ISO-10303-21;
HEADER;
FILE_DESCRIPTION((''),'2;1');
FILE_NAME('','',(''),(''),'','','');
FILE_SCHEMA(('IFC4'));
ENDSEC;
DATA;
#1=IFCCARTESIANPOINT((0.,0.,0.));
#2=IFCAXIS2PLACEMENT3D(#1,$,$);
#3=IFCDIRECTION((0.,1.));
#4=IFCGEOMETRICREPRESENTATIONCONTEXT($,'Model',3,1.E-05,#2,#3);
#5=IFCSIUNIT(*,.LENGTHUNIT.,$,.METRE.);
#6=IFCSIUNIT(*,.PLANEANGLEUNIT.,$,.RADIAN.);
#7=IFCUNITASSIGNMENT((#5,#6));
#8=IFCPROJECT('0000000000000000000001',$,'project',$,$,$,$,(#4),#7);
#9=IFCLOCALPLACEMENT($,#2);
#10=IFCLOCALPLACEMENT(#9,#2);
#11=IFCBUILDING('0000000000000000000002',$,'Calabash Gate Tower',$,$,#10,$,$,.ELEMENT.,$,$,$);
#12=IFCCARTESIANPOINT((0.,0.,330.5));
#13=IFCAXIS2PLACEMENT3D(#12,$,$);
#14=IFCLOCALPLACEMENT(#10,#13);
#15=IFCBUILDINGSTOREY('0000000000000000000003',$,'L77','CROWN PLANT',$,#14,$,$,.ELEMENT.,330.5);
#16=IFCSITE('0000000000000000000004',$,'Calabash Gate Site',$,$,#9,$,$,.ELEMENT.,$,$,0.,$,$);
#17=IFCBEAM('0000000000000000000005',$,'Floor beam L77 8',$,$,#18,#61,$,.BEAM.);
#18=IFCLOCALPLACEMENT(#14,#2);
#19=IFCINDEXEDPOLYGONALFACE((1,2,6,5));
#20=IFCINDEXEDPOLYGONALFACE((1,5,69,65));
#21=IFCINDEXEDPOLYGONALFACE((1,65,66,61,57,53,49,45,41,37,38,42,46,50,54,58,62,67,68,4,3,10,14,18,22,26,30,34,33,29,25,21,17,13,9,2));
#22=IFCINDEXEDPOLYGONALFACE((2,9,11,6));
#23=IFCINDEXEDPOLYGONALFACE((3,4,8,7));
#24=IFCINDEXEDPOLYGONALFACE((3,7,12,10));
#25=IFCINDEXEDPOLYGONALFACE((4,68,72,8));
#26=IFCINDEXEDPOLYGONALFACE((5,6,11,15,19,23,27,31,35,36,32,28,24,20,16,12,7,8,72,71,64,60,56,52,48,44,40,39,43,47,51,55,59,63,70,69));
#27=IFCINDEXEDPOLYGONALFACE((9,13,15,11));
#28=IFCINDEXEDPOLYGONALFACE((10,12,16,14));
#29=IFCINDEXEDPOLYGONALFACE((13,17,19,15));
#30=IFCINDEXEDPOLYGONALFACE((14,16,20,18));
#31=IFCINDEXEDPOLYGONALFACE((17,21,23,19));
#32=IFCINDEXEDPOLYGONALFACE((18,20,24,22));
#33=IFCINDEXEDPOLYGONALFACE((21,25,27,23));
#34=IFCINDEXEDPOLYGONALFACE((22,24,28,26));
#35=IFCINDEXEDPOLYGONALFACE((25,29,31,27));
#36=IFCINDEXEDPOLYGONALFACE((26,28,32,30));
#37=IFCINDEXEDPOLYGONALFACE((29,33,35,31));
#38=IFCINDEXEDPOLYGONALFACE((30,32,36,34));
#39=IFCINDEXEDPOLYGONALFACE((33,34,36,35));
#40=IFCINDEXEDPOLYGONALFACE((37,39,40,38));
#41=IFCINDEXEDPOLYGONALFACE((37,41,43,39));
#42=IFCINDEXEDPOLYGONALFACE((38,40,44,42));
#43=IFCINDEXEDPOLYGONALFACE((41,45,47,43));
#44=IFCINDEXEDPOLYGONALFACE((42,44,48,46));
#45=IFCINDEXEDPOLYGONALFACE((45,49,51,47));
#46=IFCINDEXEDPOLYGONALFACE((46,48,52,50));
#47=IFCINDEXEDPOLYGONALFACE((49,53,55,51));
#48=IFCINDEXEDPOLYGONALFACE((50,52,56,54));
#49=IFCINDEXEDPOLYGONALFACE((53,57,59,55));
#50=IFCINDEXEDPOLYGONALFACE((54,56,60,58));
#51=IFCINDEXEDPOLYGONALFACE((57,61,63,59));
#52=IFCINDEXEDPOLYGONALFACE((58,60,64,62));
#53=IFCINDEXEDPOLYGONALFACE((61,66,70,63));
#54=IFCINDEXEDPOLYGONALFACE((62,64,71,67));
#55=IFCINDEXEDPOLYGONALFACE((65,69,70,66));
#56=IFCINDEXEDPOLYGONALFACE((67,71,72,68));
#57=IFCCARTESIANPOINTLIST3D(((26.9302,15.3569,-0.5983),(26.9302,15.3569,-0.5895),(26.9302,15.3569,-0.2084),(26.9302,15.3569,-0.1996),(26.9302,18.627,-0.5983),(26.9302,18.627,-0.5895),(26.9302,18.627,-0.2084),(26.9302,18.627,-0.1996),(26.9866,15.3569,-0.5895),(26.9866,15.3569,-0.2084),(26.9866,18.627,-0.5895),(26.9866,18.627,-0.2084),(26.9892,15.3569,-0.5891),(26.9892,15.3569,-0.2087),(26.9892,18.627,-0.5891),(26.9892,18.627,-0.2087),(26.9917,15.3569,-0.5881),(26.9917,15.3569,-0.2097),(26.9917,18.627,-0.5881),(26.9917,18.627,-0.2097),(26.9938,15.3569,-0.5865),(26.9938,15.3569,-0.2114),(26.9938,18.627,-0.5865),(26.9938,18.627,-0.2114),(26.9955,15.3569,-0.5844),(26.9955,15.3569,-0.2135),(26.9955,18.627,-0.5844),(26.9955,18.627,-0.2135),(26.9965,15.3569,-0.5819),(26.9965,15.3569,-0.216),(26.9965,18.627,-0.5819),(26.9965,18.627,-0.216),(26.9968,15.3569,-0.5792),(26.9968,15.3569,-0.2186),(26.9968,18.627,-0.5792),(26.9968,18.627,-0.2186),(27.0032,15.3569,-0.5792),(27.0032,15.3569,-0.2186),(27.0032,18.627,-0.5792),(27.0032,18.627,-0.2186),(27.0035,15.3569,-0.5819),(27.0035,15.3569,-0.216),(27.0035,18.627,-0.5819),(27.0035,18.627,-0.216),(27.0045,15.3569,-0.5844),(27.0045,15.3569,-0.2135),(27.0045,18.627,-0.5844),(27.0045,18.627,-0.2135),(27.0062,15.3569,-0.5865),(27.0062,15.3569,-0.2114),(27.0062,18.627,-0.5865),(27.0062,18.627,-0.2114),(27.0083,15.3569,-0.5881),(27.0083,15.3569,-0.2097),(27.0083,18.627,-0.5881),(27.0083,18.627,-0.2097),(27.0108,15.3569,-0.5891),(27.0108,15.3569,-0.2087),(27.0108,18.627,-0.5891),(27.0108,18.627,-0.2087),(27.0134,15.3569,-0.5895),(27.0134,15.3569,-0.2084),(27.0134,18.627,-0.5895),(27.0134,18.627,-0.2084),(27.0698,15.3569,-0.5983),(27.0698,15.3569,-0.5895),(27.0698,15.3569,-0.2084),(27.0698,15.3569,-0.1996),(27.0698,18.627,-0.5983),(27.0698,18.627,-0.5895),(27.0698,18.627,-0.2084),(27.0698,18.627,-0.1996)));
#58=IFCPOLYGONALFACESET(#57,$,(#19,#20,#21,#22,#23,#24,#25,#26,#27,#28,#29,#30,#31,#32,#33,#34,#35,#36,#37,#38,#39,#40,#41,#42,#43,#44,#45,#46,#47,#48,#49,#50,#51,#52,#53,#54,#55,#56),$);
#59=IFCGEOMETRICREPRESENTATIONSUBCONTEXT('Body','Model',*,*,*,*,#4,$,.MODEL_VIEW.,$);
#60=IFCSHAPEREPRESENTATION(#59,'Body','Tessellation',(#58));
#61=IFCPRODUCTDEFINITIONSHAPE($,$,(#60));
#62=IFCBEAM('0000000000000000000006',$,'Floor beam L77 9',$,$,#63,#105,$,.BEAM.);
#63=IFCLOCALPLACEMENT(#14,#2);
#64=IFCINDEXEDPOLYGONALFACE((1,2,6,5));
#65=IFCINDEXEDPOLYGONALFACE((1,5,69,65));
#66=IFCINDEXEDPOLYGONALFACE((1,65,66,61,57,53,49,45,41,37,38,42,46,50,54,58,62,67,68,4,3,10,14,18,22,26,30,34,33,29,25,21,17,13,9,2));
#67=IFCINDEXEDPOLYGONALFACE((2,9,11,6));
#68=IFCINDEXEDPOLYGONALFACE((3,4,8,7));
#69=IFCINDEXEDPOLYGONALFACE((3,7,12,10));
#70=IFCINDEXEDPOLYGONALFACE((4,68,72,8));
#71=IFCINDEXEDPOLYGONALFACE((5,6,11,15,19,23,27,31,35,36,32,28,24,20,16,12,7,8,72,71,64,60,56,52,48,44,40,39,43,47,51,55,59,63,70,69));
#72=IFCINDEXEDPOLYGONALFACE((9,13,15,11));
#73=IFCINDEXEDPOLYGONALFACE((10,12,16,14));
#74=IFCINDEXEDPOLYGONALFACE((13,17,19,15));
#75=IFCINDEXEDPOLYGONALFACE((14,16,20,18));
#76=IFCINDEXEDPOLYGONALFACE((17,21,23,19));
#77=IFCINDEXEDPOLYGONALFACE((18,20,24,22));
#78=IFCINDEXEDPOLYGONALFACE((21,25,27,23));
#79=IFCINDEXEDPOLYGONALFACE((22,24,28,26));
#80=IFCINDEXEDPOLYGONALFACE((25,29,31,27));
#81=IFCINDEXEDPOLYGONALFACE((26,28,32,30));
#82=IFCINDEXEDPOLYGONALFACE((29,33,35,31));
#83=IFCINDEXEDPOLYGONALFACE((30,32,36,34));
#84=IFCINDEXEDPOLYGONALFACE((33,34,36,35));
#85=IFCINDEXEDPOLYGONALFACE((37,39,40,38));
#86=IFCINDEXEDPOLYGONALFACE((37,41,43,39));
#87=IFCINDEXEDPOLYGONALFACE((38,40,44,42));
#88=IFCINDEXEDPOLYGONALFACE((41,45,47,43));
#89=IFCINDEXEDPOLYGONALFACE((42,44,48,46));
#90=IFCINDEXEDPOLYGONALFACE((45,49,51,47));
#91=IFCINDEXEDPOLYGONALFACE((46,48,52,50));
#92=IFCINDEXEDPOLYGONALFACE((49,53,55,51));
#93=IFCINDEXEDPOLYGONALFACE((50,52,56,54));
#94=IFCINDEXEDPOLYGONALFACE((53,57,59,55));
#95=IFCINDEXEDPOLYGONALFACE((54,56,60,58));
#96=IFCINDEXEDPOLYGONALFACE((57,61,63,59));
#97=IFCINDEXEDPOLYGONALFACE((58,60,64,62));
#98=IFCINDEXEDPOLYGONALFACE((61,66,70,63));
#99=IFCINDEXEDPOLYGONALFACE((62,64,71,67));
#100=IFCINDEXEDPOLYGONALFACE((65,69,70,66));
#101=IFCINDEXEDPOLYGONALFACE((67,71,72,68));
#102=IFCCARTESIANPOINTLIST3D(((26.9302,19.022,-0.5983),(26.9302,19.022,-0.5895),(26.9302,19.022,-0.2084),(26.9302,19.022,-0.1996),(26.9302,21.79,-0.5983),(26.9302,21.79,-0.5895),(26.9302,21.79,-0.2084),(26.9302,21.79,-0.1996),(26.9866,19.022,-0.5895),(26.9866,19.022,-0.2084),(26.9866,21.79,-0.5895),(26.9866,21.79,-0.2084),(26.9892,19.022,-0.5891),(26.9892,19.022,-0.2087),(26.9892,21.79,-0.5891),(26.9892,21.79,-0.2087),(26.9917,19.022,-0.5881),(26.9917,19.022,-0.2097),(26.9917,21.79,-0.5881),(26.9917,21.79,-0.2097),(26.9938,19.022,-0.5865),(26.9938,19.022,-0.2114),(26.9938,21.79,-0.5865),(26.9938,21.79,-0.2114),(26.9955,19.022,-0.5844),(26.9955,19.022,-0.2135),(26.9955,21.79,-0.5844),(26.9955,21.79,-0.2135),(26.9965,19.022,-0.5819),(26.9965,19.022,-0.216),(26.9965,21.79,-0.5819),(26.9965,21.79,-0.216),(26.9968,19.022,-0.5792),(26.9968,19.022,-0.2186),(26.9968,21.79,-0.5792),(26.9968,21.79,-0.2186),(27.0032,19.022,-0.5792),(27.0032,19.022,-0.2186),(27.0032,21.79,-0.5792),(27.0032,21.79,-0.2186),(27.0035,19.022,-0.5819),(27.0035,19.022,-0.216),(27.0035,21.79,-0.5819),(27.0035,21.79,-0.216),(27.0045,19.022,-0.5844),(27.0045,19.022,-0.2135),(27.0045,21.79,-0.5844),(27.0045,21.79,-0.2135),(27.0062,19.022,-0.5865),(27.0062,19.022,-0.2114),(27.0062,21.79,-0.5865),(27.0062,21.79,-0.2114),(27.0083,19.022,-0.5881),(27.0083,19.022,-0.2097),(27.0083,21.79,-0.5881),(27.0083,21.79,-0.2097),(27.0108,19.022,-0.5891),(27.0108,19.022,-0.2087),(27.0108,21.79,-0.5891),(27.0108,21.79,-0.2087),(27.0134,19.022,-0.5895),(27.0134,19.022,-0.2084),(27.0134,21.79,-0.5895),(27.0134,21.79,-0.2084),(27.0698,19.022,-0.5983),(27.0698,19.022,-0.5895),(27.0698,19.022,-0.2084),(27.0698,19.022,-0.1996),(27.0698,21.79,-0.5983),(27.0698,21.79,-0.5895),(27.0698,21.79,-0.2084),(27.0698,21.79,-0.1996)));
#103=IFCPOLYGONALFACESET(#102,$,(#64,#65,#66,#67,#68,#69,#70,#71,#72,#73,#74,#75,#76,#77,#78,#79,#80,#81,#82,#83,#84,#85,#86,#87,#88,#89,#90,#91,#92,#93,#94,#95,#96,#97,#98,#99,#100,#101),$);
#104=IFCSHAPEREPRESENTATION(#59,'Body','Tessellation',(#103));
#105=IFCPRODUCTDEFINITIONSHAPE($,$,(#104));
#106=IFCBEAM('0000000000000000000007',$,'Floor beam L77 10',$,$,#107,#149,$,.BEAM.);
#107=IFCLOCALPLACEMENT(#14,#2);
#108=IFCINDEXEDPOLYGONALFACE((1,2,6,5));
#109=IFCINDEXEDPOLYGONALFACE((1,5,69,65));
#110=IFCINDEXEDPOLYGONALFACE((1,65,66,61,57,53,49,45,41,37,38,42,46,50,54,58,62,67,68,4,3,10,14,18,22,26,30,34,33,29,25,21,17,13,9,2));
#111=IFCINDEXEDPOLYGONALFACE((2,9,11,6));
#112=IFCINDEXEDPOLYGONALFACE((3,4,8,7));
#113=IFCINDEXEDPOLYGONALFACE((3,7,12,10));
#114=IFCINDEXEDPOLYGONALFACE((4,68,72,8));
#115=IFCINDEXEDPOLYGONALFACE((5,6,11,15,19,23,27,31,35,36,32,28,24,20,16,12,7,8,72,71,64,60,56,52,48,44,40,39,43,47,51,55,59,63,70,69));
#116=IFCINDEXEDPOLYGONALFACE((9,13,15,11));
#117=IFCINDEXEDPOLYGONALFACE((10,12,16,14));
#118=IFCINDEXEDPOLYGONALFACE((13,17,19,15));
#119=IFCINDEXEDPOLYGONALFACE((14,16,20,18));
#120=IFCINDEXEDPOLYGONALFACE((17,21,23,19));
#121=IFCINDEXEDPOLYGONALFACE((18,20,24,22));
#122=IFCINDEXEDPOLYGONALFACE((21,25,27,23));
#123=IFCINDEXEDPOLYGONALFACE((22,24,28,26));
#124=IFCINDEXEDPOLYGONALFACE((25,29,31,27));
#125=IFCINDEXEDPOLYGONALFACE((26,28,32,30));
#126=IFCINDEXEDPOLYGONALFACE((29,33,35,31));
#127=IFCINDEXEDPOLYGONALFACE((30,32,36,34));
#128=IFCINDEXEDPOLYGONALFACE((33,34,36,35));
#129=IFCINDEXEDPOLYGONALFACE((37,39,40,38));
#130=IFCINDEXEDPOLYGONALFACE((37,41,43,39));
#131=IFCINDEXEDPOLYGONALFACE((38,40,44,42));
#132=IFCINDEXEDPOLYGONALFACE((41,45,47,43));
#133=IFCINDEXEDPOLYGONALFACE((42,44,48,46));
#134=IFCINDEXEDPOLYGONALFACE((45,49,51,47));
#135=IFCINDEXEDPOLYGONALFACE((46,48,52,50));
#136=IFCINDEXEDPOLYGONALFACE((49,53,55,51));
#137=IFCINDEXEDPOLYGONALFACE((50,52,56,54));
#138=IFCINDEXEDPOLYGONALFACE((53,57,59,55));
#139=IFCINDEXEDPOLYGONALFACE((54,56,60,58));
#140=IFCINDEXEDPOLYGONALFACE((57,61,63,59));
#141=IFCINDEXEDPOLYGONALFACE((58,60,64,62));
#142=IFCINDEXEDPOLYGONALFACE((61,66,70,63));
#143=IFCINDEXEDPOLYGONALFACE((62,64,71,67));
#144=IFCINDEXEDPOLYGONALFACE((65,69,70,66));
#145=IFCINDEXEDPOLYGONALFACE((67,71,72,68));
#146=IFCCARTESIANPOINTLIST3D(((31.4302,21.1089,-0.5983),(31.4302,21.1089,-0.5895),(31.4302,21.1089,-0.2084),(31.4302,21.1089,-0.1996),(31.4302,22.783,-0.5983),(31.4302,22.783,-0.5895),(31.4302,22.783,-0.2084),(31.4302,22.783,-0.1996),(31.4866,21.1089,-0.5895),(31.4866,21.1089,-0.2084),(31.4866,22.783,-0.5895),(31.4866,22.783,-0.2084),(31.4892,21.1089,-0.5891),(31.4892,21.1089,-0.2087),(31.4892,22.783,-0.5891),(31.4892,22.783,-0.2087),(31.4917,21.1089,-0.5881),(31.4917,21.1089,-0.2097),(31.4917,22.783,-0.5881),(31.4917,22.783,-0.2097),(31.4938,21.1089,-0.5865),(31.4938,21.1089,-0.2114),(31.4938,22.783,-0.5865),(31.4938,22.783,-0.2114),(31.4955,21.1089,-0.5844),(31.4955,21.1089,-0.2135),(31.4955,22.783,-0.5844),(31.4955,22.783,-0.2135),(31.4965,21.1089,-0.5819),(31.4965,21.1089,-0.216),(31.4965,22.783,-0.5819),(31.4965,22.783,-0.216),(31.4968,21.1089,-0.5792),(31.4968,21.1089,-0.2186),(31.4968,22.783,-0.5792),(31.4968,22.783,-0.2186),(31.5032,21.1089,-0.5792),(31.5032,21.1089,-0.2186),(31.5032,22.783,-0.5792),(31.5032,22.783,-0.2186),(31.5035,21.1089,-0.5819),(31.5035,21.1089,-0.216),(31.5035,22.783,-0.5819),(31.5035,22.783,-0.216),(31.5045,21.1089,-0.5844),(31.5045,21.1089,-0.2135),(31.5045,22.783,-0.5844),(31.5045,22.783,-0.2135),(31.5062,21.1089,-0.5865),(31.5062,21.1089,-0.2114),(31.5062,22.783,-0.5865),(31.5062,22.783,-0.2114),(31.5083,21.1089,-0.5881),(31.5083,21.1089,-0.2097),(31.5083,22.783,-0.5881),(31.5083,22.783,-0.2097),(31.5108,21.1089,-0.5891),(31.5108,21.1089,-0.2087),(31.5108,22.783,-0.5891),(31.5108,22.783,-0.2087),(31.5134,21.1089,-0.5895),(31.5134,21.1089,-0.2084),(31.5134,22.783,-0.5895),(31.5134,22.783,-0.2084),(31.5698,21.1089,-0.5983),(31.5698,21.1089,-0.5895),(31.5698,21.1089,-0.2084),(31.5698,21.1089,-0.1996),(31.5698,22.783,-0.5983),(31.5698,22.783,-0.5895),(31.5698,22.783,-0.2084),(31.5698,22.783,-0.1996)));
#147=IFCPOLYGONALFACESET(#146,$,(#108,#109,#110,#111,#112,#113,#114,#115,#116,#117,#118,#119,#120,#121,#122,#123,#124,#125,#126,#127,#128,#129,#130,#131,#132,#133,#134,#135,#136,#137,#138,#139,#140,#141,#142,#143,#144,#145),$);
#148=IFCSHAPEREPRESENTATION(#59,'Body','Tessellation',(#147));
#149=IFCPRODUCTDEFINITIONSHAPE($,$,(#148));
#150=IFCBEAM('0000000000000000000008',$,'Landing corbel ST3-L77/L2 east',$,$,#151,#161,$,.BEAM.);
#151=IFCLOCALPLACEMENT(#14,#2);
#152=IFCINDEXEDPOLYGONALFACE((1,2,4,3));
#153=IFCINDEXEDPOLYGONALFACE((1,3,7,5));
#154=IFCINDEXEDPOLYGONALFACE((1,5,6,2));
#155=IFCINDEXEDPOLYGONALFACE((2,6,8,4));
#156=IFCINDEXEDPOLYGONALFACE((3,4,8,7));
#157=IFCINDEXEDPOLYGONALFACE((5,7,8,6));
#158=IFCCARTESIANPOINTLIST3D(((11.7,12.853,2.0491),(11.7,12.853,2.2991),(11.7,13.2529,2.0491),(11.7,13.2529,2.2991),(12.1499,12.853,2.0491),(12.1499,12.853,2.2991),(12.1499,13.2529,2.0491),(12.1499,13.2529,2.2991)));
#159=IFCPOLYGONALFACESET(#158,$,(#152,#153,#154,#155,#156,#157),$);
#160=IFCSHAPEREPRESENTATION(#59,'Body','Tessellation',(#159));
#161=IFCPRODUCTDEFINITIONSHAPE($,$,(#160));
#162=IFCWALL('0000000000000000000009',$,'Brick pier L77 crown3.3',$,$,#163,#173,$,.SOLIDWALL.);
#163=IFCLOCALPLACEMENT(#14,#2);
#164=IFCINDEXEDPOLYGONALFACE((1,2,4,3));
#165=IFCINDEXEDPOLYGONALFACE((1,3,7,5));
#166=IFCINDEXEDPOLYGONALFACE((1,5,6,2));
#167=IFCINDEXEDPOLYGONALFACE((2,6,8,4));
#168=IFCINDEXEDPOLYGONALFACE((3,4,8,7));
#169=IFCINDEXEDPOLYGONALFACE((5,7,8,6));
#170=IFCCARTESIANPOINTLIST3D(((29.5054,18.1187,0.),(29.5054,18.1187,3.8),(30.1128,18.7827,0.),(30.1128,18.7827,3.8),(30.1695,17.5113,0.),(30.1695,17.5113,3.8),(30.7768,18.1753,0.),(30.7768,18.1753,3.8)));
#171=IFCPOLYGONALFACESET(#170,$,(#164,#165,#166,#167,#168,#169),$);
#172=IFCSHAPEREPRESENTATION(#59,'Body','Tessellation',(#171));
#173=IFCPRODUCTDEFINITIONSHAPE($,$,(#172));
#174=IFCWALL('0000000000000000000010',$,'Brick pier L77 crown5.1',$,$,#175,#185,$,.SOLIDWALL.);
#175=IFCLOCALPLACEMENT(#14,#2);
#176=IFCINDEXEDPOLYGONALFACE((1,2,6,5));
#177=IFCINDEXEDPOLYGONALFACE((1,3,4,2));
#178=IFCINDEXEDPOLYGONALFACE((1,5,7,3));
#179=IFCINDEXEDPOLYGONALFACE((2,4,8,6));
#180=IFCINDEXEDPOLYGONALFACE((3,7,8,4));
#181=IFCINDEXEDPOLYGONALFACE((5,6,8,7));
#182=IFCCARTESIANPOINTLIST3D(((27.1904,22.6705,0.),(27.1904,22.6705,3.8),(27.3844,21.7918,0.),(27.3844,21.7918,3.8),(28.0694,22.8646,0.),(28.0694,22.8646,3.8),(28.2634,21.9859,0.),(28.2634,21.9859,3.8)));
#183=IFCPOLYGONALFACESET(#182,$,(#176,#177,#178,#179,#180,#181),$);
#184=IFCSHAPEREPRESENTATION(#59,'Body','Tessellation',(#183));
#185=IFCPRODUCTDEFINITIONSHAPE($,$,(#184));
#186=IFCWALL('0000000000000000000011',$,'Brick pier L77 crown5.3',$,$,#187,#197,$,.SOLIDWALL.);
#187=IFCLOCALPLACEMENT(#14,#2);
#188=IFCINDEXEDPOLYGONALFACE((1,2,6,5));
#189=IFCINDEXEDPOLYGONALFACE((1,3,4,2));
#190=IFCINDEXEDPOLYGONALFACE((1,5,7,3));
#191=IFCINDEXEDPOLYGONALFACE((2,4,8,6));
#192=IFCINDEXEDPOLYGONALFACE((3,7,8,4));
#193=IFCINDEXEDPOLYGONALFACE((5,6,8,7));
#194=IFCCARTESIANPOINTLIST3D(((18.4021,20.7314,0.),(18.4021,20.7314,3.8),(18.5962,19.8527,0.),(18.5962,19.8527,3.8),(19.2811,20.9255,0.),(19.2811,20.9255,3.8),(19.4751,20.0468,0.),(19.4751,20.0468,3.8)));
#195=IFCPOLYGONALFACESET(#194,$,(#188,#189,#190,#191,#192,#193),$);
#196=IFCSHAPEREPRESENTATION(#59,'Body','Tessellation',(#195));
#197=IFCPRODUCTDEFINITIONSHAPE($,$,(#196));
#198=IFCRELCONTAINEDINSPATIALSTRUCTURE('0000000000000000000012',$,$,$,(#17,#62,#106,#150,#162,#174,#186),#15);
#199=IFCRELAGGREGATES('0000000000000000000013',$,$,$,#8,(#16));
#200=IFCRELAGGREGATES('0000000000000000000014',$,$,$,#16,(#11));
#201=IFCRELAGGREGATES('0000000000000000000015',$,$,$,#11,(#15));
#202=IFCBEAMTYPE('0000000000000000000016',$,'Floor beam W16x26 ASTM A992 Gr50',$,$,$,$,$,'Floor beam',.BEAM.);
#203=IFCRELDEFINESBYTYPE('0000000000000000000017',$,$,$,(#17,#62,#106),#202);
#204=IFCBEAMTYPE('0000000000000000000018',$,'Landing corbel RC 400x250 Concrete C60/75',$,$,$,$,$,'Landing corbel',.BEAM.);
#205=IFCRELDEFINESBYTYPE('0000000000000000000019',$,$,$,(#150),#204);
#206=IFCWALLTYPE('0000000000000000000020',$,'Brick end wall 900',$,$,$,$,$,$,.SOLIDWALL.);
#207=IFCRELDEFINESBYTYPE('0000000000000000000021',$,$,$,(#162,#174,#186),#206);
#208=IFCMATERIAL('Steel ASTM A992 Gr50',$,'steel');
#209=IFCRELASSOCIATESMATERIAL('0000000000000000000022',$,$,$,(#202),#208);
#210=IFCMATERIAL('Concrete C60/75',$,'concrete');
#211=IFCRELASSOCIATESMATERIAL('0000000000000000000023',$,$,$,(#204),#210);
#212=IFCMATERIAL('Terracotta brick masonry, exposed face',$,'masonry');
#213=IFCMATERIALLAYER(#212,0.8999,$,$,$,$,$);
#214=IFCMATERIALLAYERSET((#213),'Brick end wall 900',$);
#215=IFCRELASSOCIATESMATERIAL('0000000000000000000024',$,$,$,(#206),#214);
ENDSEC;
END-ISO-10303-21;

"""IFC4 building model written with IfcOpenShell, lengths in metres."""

from ifc_helpers import new_model, si_unit, direction, frame, frame_2d, origin, origin_2d, place, context, subcontext, project, spatial, rectangle, i_section, extrude, material, layer, layer_set, material_profile, profile_set, type_object, element, save


model = new_model("IFC4")

# Units and contexts
model_context = context("Model", 3, precision=1e-05, world=origin(), true_north=direction((0.0, 1.0)))
body_context = subcontext(model_context, "Body", "Model", "MODEL_VIEW")
ifc_project = project(units=[si_unit("LENGTHUNIT", "METRE"), si_unit("PLANEANGLEUNIT", "RADIAN")], contexts=[model_context])

# Site, building, storey
site_placement = place(None, origin())
site = spatial("IfcSite", under=ifc_project, at=site_placement, Name="Calabash Gate Site", CompositionType="ELEMENT", RefElevation=0.0)
building_placement = place(site_placement, origin())
building = spatial("IfcBuilding", under=site, at=building_placement, Name="Calabash Gate Tower", CompositionType="ELEMENT")
storey_placement = place(building_placement, frame((0.0, 0.0, 330.5)))
storey = spatial("IfcBuildingStorey", under=building, at=storey_placement, Name="L77", Description="CROWN PLANT", CompositionType="ELEMENT", Elevation=330.5)

# Beams
ifc_material_1 = material(Name="Steel ASTM A992 Gr50", Category="steel")
ifc_material_profile_1 = material_profile(ifc_material_1, i_section(OverallWidth=0.1396, OverallDepth=0.3987, WebThickness=0.0063, FlangeThickness=0.0088, FilletRadius=0.0103, at=origin_2d()))
ifc_profile_set_1 = profile_set([ifc_material_profile_1], Name="Steel ASTM A992 Gr50")
beam_type_1 = type_object("IfcBeamType", Name="Floor beam W16x26 ASTM A992 Gr50", ElementType="Floor beam", PredefinedType="BEAM", material=ifc_profile_set_1)
beam_1_placement = place(storey_placement, frame((27.0, 15.3569, -0.3989), z_axis=(0.0, 1.0, 0.0), x_axis=(-1.0, 0.0, 0.0)))
element("IfcBeam", 1, at=beam_1_placement, inside=storey, type_object=beam_type_1, Name="Floor beam L77 8", PredefinedType="BEAM", context=body_context, shape_type="SweptSolid", body=[
    extrude(i_section(OverallWidth=0.1396, OverallDepth=0.3987, WebThickness=0.0063, FlangeThickness=0.0088, FilletRadius=0.0103, at=origin_2d()), origin(), (0.0, 0.0, 1.0), 3.27),
])
beam_2_placement = place(storey_placement, frame((27.0, 19.022, -0.3989), z_axis=(0.0, 1.0, 0.0), x_axis=(-1.0, 0.0, 0.0)))
element("IfcBeam", 2, at=beam_2_placement, inside=storey, type_object=beam_type_1, Name="Floor beam L77 9", PredefinedType="BEAM", context=body_context, shape_type="SweptSolid", body=[
    extrude(i_section(OverallWidth=0.1396, OverallDepth=0.3987, WebThickness=0.0063, FlangeThickness=0.0088, FilletRadius=0.0103, at=origin_2d()), origin(), (0.0, 0.0, 1.0), 2.7681),
])
beam_3_placement = place(storey_placement, frame((31.5, 21.1089, -0.3989), z_axis=(0.0, 1.0, 0.0), x_axis=(-1.0, 0.0, 0.0)))
element("IfcBeam", 3, at=beam_3_placement, inside=storey, type_object=beam_type_1, Name="Floor beam L77 10", PredefinedType="BEAM", context=body_context, shape_type="SweptSolid", body=[
    extrude(i_section(OverallWidth=0.1396, OverallDepth=0.3987, WebThickness=0.0063, FlangeThickness=0.0088, FilletRadius=0.0103, at=origin_2d()), origin(), (0.0, 0.0, 1.0), 1.6741),
])
ifc_material_2 = material(Name="Concrete C60/75", Category="concrete")
ifc_material_profile_2 = material_profile(ifc_material_2, rectangle(XDim=0.3999, YDim=0.25, at=origin_2d()))
ifc_profile_set_2 = profile_set([ifc_material_profile_2], Name="Concrete C60/75")
beam_type_2 = type_object("IfcBeamType", Name="Landing corbel RC 400x250 Concrete C60/75", ElementType="Landing corbel", PredefinedType="BEAM", material=ifc_profile_set_2)
beam_4_placement = place(storey_placement, frame((12.1499, 13.053, 2.1741), z_axis=(-1.0, 0.0, 0.0), x_axis=(0.0, -1.0, 0.0)))
element("IfcBeam", 4, at=beam_4_placement, inside=storey, type_object=beam_type_2, Name="Landing corbel ST3-L77/L2 east", PredefinedType="BEAM", context=body_context, shape_type="SweptSolid", body=[
    extrude(rectangle(XDim=0.3999, YDim=0.25, at=origin_2d()), origin(), (0.0, 0.0, 1.0), 0.45),
])

# Walls
ifc_material_3 = material(Name="Terracotta brick masonry, exposed face", Category="masonry")
ifc_layer_1 = layer(ifc_material_3, 0.8999)
ifc_layer_set_1 = layer_set([ifc_layer_1], Name="Brick end wall 900")
wall_type_1 = type_object("IfcWallType", Name="Brick end wall 900", PredefinedType="SOLIDWALL", material=ifc_layer_set_1)
wall_1_placement = place(storey_placement, frame((30.4448, 18.479, 0.0), z_axis=(0.0, 0.0, 1.0), x_axis=(-0.674938, -0.737874, 0.0)))
element("IfcWall", 5, at=wall_1_placement, inside=storey, type_object=wall_type_1, Name="Brick pier L77 crown3.3", PredefinedType="SOLIDWALL", context=body_context, shape_type="SweptSolid", body=[
    extrude(rectangle(XDim=0.8999, YDim=0.8999, at=frame_2d((0.45, 0.0))), origin(), (0.0, 0.0, 1.0), 3.8),
])
for number, where, z_axis, x_axis, name in (
    (6, (28.1665, 22.4253, 0.0), (0.0, 0.0, 1.0), (-0.976473, -0.215638, 0.0), "Brick pier L77 crown5.1"),
    (7, (18.499, 20.292, 0.0), (0.0, 0.0, 1.0), (0.976473, 0.215638, 0.0), "Brick pier L77 crown5.3"),
):
    element("IfcWall", number, at=place(storey_placement, frame(where, z_axis=z_axis, x_axis=x_axis)), inside=storey, type_object=wall_type_1, Name=name, PredefinedType="SOLIDWALL", context=body_context, shape_type="SweptSolid", body=[
        extrude(rectangle(XDim=0.9001, YDim=0.8999, at=frame_2d((0.4502, 0.0))), origin(), (0.0, 0.0, 1.0), 3.8),
    ])

save(model, "model.ifc")
